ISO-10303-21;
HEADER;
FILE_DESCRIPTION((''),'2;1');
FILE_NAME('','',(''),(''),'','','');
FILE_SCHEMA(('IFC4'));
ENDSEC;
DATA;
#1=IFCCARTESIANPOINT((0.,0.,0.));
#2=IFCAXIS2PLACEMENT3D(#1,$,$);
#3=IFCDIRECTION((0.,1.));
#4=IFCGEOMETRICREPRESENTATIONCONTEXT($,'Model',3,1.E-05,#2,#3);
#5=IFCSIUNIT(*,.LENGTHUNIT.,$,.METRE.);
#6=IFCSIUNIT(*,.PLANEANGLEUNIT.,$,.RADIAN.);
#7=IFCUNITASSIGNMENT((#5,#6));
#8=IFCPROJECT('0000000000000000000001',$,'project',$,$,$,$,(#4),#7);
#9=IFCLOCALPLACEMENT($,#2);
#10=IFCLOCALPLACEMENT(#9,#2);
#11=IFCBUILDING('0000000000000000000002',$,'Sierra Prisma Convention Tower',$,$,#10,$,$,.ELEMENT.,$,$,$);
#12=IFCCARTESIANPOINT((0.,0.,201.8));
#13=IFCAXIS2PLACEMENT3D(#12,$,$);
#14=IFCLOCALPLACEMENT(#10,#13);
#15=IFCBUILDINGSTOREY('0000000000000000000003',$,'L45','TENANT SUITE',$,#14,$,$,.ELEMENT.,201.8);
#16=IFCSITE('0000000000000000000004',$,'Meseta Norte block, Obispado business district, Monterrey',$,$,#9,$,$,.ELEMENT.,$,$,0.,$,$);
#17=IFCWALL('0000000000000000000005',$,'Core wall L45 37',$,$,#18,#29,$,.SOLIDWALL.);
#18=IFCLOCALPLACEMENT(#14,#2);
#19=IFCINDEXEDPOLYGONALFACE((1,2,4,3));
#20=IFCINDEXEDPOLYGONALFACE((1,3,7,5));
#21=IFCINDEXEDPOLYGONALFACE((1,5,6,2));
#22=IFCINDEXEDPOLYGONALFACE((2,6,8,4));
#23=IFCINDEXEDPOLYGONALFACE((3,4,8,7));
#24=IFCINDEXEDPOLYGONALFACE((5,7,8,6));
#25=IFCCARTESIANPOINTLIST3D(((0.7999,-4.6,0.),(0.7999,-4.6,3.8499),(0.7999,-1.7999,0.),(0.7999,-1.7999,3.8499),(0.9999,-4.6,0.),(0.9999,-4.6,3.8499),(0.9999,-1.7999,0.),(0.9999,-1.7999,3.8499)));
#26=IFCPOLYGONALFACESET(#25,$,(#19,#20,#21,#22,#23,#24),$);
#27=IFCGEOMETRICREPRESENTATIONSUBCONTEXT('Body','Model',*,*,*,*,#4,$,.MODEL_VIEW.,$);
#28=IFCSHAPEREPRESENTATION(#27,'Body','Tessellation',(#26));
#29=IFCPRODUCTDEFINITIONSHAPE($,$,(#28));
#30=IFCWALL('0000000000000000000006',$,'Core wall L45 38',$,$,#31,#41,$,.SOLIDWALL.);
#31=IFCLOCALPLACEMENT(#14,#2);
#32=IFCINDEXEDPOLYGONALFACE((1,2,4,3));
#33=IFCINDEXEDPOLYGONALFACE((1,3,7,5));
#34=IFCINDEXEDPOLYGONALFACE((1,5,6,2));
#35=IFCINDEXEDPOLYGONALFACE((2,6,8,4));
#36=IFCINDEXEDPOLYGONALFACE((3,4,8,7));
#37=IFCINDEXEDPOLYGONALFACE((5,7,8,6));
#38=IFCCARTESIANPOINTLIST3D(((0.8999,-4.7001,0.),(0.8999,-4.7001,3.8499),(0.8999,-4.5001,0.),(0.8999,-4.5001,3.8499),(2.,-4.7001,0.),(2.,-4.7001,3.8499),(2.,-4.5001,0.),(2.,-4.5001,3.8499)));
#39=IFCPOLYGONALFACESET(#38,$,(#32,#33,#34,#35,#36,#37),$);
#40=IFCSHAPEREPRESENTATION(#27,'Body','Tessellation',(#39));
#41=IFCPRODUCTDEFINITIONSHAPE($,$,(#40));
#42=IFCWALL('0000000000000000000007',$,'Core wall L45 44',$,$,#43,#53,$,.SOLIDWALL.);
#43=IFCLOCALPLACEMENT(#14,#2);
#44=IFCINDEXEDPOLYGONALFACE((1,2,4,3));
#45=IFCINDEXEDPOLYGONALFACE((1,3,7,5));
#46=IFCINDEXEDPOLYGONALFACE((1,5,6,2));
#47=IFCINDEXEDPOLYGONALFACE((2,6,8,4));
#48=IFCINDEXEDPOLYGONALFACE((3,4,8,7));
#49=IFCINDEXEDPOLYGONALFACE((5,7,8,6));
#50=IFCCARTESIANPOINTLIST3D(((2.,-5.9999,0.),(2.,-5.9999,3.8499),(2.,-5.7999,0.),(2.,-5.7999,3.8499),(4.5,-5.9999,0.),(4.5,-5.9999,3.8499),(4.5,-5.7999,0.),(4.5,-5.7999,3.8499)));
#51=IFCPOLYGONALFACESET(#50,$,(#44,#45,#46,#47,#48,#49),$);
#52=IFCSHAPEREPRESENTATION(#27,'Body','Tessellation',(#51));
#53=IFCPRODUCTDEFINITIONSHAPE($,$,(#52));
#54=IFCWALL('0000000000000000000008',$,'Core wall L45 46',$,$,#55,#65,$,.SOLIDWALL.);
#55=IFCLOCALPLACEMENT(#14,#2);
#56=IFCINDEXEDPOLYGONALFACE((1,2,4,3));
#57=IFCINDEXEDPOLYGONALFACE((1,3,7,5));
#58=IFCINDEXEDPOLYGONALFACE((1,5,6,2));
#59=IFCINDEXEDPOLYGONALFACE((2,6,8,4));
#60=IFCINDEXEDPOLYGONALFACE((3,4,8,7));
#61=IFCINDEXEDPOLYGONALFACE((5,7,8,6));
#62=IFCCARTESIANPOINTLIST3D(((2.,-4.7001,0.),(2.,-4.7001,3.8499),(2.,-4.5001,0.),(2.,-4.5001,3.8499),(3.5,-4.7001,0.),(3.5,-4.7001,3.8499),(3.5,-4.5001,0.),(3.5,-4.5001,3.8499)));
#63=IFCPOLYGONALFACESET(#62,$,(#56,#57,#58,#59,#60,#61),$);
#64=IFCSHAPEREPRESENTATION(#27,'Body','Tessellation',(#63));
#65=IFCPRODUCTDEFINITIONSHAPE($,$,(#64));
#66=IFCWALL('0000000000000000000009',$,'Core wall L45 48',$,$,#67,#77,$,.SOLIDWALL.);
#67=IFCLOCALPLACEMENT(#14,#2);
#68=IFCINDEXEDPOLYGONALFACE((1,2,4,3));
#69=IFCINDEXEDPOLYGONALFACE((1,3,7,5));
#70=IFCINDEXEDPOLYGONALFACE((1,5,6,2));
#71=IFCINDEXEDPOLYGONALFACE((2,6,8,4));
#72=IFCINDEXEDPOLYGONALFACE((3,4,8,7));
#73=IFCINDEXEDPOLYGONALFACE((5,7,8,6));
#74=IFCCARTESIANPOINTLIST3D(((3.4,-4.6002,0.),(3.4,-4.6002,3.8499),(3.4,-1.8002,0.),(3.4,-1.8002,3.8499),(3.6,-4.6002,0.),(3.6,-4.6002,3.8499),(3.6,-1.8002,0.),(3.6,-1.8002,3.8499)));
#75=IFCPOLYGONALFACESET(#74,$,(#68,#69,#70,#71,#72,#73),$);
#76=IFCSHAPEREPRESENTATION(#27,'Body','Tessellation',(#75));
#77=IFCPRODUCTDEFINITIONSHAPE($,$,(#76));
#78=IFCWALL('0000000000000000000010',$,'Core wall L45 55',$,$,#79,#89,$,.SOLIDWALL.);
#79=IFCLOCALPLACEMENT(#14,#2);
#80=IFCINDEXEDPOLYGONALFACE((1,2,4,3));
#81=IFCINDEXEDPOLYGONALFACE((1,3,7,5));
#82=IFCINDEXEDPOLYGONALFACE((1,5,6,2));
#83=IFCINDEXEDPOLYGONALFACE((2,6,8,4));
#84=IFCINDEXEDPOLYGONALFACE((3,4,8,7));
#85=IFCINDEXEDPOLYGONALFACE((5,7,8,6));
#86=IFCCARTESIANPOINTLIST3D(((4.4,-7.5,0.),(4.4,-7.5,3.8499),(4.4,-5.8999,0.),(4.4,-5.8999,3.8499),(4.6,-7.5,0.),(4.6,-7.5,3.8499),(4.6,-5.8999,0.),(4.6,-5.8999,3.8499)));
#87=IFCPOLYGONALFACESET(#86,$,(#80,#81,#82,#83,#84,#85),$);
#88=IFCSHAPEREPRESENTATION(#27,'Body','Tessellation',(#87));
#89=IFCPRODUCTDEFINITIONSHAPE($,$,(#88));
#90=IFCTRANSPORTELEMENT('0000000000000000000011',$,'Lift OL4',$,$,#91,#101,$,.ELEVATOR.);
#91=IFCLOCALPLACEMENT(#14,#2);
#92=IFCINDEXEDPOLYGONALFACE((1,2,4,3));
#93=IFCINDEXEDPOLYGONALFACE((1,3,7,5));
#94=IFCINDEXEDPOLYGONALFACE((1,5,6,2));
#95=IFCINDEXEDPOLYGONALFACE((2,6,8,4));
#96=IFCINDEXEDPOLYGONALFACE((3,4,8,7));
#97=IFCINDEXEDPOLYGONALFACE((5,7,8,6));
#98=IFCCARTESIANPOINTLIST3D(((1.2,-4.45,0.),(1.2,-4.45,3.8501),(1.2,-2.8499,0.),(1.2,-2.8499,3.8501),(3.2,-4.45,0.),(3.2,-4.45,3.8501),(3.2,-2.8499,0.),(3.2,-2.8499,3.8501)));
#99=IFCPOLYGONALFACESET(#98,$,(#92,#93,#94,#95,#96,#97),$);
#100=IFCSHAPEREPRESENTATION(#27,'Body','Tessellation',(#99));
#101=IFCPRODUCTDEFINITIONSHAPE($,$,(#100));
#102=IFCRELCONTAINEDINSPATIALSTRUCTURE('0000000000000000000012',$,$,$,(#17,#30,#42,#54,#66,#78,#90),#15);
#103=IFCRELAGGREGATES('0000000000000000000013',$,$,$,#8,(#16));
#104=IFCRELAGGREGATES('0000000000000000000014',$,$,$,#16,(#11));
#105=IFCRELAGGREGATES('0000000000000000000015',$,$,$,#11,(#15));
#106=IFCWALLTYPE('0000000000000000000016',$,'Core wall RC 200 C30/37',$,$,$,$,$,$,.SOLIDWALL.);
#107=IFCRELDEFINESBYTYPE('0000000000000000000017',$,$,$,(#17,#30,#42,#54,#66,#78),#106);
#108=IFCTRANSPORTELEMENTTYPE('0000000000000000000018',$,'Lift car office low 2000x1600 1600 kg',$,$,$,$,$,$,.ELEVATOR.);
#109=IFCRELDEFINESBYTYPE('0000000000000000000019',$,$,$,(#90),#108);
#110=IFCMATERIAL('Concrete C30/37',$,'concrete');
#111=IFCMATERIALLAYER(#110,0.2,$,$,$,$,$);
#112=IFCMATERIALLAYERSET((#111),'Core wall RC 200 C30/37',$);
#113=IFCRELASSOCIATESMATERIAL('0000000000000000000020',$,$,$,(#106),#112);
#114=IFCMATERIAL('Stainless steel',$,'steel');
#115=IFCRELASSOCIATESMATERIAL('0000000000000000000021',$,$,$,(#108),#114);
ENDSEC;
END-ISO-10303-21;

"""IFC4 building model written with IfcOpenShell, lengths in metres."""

from ifc_helpers import new_model, si_unit, direction, frame, frame_2d, origin, origin_2d, place, context, subcontext, project, spatial, rectangle, extrude, material, layer, layer_set, type_object, element, save


model = new_model("IFC4")

# Units and contexts
model_context = context("Model", 3, precision=1e-05, world=origin(), true_north=direction((0.0, 1.0)))
body_context = subcontext(model_context, "Body", "Model", "MODEL_VIEW")
ifc_project = project(units=[si_unit("LENGTHUNIT", "METRE"), si_unit("PLANEANGLEUNIT", "RADIAN")], contexts=[model_context])

# Site, building, storey
site_placement = place(None, origin())
site = spatial("IfcSite", under=ifc_project, at=site_placement, Name="Meseta Norte block, Obispado business district, Monterrey", CompositionType="ELEMENT", RefElevation=0.0)
building_placement = place(site_placement, origin())
building = spatial("IfcBuilding", under=site, at=building_placement, Name="Sierra Prisma Convention Tower", CompositionType="ELEMENT")
storey_placement = place(building_placement, frame((0.0, 0.0, 201.8)))
storey = spatial("IfcBuildingStorey", under=building, at=storey_placement, Name="L45", Description="TENANT SUITE", CompositionType="ELEMENT", Elevation=201.8)

# Shared definitions
ifc_material_1 = material(Name="Concrete C30/37", Category="concrete")
ifc_layer = layer(ifc_material_1, 0.2)
ifc_layer_set = layer_set([ifc_layer], Name="Core wall RC 200 C30/37")
wall_type = type_object("IfcWallType", Name="Core wall RC 200 C30/37", PredefinedType="SOLIDWALL", material=ifc_layer_set)

# Walls
wall_1_placement = place(storey_placement, frame((0.8999, -1.8, 0.0), z_axis=(0.0, 0.0, 1.0), x_axis=(0.0, -1.0, 0.0)))
element("IfcWall", 1, at=wall_1_placement, inside=storey, type_object=wall_type, Name="Core wall L45 37", PredefinedType="SOLIDWALL", context=body_context, shape_type="SweptSolid", body=[
    extrude(rectangle(XDim=2.8, YDim=0.2, at=frame_2d((1.3999, 0.0))), origin(), (0.0, 0.0, 1.0), 3.8499),
])
wall_2_placement = place(storey_placement, frame((0.8999, -4.6001, 0.0), z_axis=(0.0, 0.0, 1.0), x_axis=(1.0, 0.0, 0.0)))
element("IfcWall", 2, at=wall_2_placement, inside=storey, type_object=wall_type, Name="Core wall L45 38", PredefinedType="SOLIDWALL", context=body_context, shape_type="SweptSolid", body=[
    extrude(rectangle(XDim=1.1001, YDim=0.2, at=frame_2d((0.55, 0.0))), origin(), (0.0, 0.0, 1.0), 3.8499),
])

# Wall
wall_3_placement = place(storey_placement, frame((4.5, -5.8999, 0.0), z_axis=(0.0, 0.0, 1.0), x_axis=(-1.0, 0.0, 0.0)))
element("IfcWall", 3, at=wall_3_placement, inside=storey, type_object=wall_type, Name="Core wall L45 44", PredefinedType="SOLIDWALL", context=body_context, shape_type="SweptSolid", body=[
    extrude(rectangle(XDim=2.5, YDim=0.2, at=frame_2d((1.25, 0.0))), origin(), (0.0, 0.0, 1.0), 3.8499),
])

# Walls
wall_4_placement = place(storey_placement, frame((3.5, -4.6001, 0.0), z_axis=(0.0, 0.0, 1.0), x_axis=(-1.0, 0.0, 0.0)))
element("IfcWall", 4, at=wall_4_placement, inside=storey, type_object=wall_type, Name="Core wall L45 46", PredefinedType="SOLIDWALL", context=body_context, shape_type="SweptSolid", body=[
    extrude(rectangle(XDim=1.5, YDim=0.2, at=frame_2d((0.75, 0.0))), origin(), (0.0, 0.0, 1.0), 3.8499),
])
wall_5_placement = place(storey_placement, frame((3.5, -4.6001, 0.0), z_axis=(0.0, 0.0, 1.0), x_axis=(0.0, 1.0, 0.0)))
element("IfcWall", 5, at=wall_5_placement, inside=storey, type_object=wall_type, Name="Core wall L45 48", PredefinedType="SOLIDWALL", context=body_context, shape_type="SweptSolid", body=[
    extrude(rectangle(XDim=2.8, YDim=0.2, at=frame_2d((1.3999, 0.0))), origin(), (0.0, 0.0, 1.0), 3.8499),
])

# Wall
wall_6_placement = place(storey_placement, frame((4.5, -5.8999, 0.0), z_axis=(0.0, 0.0, 1.0), x_axis=(0.0, -1.0, 0.0)))
element("IfcWall", 6, at=wall_6_placement, inside=storey, type_object=wall_type, Name="Core wall L45 55", PredefinedType="SOLIDWALL", context=body_context, shape_type="SweptSolid", body=[
    extrude(rectangle(XDim=1.6001, YDim=0.2, at=frame_2d((0.8, 0.0))), origin(), (0.0, 0.0, 1.0), 3.8499),
])

# Transport element
ifc_material_2 = material(Name="Stainless steel", Category="steel")
transport_element_type = type_object("IfcTransportElementType", Name="Lift car office low 2000x1600 1600 kg", PredefinedType="ELEVATOR", material=ifc_material_2)
transport_element_placement = place(storey_placement, frame((2.2, -3.6499, 0.0), z_axis=(0.0, 0.0, 1.0), x_axis=(1.0, 0.0, 0.0)))
element("IfcTransportElement", 7, at=transport_element_placement, inside=storey, type_object=transport_element_type, Name="Lift OL4", PredefinedType="ELEVATOR", context=body_context, shape_type="SweptSolid", body=[
    extrude(rectangle(XDim=2.0, YDim=1.6001, at=origin_2d()), origin(), (0.0, 0.0, 1.0), 3.8501),
])

save(model, "model.ifc")
